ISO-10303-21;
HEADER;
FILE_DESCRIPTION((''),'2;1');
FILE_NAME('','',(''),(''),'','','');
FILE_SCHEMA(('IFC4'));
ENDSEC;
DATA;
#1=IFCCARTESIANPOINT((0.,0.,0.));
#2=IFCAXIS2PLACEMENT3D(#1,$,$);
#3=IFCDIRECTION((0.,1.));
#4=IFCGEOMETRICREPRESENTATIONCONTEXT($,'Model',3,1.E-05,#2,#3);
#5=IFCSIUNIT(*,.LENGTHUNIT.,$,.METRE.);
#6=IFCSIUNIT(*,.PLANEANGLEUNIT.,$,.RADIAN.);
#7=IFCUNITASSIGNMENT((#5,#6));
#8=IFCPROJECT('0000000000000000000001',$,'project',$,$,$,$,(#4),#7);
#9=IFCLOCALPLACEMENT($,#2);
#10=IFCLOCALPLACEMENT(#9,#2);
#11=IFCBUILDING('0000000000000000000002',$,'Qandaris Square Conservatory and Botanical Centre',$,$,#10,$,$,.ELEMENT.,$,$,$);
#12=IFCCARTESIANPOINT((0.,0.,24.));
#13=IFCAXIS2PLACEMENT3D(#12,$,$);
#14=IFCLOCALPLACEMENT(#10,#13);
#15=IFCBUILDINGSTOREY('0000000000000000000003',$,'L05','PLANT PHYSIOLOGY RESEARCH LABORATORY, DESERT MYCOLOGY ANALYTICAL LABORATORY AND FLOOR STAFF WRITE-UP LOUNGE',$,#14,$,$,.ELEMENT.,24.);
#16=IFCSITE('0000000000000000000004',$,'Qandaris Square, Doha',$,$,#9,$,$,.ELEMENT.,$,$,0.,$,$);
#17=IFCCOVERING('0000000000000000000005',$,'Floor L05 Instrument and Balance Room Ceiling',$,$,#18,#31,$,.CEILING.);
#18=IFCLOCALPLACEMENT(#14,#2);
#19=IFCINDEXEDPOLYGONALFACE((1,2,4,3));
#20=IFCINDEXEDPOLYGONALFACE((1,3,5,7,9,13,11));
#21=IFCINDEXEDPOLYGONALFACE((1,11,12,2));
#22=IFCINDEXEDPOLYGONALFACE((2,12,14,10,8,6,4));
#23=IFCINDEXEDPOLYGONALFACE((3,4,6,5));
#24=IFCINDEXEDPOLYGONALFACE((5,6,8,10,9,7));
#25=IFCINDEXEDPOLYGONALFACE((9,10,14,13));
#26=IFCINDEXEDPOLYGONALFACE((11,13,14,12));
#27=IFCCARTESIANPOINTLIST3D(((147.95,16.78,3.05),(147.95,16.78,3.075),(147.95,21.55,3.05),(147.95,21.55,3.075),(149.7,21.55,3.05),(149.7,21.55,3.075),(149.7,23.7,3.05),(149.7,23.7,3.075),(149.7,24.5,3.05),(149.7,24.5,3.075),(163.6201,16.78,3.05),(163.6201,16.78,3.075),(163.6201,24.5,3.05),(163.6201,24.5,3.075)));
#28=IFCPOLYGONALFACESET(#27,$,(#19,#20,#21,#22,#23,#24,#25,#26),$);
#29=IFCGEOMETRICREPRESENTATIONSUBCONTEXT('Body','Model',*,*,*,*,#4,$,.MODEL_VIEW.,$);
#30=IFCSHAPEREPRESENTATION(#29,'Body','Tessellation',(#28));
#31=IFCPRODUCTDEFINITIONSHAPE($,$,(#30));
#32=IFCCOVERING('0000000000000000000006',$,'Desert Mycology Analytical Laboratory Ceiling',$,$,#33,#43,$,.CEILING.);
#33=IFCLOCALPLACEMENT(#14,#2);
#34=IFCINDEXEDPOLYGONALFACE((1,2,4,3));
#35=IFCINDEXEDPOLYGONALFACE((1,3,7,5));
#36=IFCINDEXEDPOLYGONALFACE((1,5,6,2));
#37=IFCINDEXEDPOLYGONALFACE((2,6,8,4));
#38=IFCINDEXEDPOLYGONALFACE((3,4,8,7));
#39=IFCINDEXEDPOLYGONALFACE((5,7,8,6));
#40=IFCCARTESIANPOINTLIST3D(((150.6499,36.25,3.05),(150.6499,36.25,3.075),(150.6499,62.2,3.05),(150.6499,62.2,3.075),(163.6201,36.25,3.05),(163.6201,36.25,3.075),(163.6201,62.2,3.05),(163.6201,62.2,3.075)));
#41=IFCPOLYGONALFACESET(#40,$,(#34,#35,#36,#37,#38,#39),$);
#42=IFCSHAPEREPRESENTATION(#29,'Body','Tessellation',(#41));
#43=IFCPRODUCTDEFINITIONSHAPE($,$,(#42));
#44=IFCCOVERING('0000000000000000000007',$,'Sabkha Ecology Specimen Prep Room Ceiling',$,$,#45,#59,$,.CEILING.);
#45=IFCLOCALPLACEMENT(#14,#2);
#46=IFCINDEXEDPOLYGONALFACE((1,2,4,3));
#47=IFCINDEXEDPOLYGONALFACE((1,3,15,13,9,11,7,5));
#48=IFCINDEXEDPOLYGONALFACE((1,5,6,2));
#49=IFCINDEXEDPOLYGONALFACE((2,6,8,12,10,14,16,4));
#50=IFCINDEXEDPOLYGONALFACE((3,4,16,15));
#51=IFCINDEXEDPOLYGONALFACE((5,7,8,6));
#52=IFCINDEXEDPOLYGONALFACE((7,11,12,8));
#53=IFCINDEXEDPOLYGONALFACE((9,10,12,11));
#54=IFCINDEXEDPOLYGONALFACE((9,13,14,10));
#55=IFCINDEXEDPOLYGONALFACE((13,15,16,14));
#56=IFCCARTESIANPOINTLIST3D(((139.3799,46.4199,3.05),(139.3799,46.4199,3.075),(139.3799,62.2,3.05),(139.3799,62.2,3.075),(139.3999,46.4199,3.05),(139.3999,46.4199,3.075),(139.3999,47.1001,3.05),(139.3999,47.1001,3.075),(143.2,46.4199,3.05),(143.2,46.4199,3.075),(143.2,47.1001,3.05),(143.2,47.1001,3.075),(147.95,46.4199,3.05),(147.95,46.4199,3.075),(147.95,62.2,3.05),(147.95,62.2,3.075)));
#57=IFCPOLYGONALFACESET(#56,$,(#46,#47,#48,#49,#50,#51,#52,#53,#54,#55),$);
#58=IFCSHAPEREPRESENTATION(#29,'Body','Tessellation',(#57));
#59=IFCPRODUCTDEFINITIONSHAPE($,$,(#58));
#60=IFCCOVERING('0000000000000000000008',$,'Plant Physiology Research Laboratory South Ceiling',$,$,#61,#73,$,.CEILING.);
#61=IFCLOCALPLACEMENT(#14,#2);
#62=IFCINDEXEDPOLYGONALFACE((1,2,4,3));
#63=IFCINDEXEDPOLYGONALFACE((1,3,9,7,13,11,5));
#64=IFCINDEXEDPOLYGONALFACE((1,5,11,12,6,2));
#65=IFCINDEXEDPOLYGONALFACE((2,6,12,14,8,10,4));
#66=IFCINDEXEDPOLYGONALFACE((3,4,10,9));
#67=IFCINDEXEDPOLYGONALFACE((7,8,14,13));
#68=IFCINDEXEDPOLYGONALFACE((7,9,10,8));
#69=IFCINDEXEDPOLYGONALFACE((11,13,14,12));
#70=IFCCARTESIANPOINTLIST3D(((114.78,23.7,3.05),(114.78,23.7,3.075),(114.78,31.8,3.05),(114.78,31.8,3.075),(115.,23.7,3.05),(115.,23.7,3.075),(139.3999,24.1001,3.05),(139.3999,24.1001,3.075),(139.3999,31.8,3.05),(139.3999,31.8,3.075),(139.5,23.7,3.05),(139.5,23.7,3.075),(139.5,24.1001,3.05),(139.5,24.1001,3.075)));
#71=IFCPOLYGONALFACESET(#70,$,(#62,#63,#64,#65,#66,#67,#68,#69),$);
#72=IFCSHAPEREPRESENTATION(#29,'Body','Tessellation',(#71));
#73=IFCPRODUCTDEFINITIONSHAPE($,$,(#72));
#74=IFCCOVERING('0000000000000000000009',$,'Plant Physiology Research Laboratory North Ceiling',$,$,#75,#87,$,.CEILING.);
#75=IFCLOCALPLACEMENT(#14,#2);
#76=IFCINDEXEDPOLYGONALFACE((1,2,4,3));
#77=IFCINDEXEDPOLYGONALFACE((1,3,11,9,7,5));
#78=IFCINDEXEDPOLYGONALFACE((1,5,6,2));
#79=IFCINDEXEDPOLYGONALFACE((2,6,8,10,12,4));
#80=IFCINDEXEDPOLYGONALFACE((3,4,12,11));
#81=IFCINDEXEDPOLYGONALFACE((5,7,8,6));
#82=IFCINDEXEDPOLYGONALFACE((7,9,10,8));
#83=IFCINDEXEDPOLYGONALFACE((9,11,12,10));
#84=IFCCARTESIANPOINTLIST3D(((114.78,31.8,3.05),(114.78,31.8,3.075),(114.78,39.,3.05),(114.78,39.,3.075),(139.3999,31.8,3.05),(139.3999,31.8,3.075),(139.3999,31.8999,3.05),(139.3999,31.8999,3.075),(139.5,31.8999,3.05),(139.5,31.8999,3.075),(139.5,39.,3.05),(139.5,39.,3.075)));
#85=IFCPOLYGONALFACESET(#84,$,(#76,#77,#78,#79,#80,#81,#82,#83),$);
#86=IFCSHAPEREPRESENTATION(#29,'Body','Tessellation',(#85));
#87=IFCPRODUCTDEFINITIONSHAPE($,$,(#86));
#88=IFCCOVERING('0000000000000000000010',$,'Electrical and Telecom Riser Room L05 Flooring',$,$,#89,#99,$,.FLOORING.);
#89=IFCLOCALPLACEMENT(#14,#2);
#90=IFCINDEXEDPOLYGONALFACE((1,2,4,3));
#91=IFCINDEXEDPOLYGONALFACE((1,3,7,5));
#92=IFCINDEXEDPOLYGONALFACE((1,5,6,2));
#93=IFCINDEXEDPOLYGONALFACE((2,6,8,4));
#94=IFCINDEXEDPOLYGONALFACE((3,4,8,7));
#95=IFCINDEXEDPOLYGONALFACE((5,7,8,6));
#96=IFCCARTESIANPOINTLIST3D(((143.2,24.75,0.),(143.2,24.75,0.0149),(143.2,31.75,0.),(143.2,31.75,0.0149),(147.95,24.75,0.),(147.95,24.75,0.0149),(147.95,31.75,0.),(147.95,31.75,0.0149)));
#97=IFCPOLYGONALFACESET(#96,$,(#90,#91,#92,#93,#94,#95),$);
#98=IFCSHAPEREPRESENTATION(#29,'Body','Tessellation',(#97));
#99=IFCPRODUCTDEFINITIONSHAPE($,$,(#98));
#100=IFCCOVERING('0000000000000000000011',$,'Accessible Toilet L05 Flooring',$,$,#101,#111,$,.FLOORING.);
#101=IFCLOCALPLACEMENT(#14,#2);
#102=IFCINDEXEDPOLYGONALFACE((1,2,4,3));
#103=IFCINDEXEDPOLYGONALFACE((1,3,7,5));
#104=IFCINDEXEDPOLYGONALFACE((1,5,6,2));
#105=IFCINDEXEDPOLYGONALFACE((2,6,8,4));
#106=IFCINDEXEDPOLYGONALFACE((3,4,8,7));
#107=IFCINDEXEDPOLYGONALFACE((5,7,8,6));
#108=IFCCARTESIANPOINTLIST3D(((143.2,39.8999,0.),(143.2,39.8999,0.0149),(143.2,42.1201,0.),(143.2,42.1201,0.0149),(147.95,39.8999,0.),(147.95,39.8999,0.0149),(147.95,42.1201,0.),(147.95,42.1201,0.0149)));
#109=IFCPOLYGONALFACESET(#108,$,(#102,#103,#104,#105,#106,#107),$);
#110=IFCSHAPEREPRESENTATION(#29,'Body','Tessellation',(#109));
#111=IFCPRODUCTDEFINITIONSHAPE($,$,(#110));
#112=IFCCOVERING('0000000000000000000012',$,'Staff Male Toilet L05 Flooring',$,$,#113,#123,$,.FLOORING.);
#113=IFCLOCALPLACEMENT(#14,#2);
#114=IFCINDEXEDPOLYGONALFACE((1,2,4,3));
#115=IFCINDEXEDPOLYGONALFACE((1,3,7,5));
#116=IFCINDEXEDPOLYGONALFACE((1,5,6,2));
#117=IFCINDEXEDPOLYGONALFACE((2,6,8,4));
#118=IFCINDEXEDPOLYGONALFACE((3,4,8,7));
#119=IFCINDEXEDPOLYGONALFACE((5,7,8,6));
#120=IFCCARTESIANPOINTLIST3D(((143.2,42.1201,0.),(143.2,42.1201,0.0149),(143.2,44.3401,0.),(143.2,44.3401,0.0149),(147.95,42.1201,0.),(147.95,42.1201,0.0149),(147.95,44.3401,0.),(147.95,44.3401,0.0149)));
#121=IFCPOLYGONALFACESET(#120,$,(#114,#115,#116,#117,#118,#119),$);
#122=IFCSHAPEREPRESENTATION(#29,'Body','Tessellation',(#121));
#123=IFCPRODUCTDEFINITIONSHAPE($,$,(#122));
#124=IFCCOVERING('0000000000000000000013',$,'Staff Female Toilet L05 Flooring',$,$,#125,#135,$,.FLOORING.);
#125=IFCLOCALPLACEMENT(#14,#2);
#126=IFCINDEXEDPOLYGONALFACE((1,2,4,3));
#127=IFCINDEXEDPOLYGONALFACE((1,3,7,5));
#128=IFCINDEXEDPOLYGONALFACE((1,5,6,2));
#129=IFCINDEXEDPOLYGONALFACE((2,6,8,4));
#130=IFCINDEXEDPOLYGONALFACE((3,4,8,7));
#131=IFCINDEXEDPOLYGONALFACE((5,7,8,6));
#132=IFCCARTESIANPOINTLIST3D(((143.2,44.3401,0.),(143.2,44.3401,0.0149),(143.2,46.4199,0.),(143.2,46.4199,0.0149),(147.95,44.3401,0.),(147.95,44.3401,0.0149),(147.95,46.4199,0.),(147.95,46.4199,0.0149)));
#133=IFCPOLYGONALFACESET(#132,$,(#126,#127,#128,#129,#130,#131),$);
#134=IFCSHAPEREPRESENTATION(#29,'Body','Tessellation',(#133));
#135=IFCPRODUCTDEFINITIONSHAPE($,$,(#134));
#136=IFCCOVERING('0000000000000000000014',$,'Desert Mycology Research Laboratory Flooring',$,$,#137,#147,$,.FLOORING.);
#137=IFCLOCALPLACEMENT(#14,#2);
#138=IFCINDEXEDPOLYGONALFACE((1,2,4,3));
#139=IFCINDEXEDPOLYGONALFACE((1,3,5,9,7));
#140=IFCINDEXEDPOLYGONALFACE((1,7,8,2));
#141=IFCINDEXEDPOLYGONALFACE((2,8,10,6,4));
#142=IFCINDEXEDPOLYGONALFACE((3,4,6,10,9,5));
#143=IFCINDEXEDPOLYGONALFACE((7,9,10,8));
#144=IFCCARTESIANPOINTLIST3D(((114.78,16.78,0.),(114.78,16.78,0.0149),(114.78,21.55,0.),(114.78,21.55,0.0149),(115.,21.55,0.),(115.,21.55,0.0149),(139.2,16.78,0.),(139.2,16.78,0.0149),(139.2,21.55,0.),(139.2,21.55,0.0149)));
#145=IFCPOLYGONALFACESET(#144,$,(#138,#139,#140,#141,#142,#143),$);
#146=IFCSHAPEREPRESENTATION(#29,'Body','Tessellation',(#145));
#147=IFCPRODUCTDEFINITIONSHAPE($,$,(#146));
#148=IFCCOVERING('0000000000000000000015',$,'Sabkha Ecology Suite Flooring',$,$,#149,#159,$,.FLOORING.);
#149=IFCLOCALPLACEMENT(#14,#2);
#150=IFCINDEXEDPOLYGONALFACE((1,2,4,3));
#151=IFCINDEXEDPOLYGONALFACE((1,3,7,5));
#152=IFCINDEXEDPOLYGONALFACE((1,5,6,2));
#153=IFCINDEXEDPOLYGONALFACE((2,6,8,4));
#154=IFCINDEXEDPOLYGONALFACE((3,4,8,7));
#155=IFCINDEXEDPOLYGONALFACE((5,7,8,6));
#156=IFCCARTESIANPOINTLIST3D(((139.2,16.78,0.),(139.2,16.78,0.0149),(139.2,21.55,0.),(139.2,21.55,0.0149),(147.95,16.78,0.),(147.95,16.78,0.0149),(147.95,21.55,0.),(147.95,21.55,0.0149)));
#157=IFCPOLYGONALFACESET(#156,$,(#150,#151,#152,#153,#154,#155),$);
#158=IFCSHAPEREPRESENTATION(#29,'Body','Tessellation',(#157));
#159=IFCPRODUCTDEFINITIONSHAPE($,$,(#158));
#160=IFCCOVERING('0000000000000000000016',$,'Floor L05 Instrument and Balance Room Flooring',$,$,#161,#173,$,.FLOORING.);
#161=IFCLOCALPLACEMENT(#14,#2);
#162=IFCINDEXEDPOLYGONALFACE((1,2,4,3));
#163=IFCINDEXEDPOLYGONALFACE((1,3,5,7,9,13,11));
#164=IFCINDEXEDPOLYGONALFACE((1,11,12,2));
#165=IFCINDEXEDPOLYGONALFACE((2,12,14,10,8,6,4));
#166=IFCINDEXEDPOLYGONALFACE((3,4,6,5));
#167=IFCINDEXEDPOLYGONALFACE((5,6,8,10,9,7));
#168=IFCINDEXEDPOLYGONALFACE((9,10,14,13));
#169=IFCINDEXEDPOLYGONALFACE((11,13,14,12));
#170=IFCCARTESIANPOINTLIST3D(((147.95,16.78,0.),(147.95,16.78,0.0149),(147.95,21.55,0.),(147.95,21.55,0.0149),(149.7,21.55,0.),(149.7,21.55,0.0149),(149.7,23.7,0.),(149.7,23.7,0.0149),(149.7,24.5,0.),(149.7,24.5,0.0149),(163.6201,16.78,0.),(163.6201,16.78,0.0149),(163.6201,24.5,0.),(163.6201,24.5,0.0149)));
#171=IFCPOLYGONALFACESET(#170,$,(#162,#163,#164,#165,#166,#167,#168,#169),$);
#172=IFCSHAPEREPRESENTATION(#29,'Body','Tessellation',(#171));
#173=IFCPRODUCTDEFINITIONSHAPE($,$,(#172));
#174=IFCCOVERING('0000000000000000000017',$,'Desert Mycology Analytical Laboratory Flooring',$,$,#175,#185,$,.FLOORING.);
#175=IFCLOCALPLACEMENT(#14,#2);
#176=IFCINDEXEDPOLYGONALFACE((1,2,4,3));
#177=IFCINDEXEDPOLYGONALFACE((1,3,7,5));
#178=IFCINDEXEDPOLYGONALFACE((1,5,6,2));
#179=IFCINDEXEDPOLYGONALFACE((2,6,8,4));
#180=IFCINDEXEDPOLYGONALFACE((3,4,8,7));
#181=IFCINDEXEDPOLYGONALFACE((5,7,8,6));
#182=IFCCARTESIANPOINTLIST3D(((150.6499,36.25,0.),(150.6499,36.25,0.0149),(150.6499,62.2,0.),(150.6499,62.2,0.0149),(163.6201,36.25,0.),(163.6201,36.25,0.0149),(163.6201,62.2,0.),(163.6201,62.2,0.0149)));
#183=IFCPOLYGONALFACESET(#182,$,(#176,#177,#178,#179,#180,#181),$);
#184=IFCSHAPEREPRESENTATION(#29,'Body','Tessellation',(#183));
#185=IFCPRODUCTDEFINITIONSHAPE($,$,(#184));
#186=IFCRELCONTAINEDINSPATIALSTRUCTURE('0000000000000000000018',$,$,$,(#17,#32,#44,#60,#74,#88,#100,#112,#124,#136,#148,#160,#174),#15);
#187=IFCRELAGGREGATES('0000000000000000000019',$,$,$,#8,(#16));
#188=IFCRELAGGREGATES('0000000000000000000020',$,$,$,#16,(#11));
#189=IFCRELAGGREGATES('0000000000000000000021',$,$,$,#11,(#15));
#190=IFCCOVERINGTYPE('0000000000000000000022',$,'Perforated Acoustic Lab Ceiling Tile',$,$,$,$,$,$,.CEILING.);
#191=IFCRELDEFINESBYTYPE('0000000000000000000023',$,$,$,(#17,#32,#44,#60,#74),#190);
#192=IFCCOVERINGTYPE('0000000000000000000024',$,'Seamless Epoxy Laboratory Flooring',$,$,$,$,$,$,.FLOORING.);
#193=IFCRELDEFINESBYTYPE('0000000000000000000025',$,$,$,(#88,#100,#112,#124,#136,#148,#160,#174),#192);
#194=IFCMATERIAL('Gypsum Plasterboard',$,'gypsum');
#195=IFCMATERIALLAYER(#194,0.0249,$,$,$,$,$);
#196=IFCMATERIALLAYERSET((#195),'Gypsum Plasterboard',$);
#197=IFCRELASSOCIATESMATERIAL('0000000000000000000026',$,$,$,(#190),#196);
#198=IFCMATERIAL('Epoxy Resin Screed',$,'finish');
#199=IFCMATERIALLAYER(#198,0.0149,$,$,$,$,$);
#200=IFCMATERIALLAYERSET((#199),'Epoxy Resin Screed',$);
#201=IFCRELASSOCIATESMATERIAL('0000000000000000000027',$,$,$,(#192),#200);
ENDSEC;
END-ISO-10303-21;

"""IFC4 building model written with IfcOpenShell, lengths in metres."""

from ifc_helpers import new_model, si_unit, direction, frame, origin, place, context, subcontext, project, spatial, polyline, outline, extrude, material, layer, layer_set, type_object, element, save


model = new_model("IFC4")

# Units and contexts
model_context = context("Model", 3, precision=1e-05, world=origin(), true_north=direction((0.0, 1.0)))
body_context = subcontext(model_context, "Body", "Model", "MODEL_VIEW")
ifc_project = project(units=[si_unit("LENGTHUNIT", "METRE"), si_unit("PLANEANGLEUNIT", "RADIAN")], contexts=[model_context])

# Site, building, storey
site_placement = place(None, origin())
site = spatial("IfcSite", under=ifc_project, at=site_placement, Name="Qandaris Square, Doha", CompositionType="ELEMENT", RefElevation=0.0)
building_placement = place(site_placement, origin())
building = spatial("IfcBuilding", under=site, at=building_placement, Name="Qandaris Square Conservatory and Botanical Centre", CompositionType="ELEMENT")
storey_placement = place(building_placement, frame((0.0, 0.0, 24.0)))
storey = spatial("IfcBuildingStorey", under=building, at=storey_placement, Name="L05", Description="PLANT PHYSIOLOGY RESEARCH LABORATORY, DESERT MYCOLOGY ANALYTICAL LABORATORY AND FLOOR STAFF WRITE-UP LOUNGE", CompositionType="ELEMENT", Elevation=24.0)

# Coverings
ifc_material_1 = material(Name="Gypsum Plasterboard", Category="gypsum")
ifc_layer_1 = layer(ifc_material_1, 0.0249)
ifc_layer_set_1 = layer_set([ifc_layer_1], Name="Gypsum Plasterboard")
covering_type_1 = type_object("IfcCoveringType", Name="Perforated Acoustic Lab Ceiling Tile", PredefinedType="CEILING", material=ifc_layer_set_1)
covering_1_placement = place(storey_placement, frame((0.0, 0.0, 3.05)))
element("IfcCovering", 1, at=covering_1_placement, inside=storey, type_object=covering_type_1, Name="Floor L05 Instrument and Balance Room Ceiling", PredefinedType="CEILING", context=body_context, shape_type="SweptSolid", body=[
    extrude(outline(polyline([(147.95, 21.55), (149.7, 21.55), (149.7, 23.7), (149.7, 24.5), (163.6201, 24.5), (163.6201, 16.78), (147.95, 16.78), (147.95, 21.55)])), origin(), (0.0, 0.0, 1.0), 0.0249),
])
covering_2_placement = place(storey_placement, frame((0.0, 0.0, 3.05)))
element("IfcCovering", 2, at=covering_2_placement, inside=storey, type_object=covering_type_1, Name="Desert Mycology Analytical Laboratory Ceiling", PredefinedType="CEILING", context=body_context, shape_type="SweptSolid", body=[
    extrude(outline(polyline([(150.6499, 62.2), (163.6201, 62.2), (163.6201, 36.25), (150.6499, 36.25), (150.6499, 62.2)])), origin(), (0.0, 0.0, 1.0), 0.0249),
])
covering_3_placement = place(storey_placement, frame((0.0, 0.0, 3.05)))
element("IfcCovering", 3, at=covering_3_placement, inside=storey, type_object=covering_type_1, Name="Sabkha Ecology Specimen Prep Room Ceiling", PredefinedType="CEILING", context=body_context, shape_type="SweptSolid", body=[
    extrude(outline(polyline([(147.95, 46.4199), (143.2, 46.4199), (143.2, 47.1001), (139.3999, 47.1001), (139.3999, 46.4199), (139.3799, 46.4199), (139.3799, 62.2), (147.95, 62.2), (147.95, 46.4199)])), origin(), (0.0, 0.0, 1.0), 0.0249),
])
covering_4_placement = place(storey_placement, frame((0.0, 0.0, 3.05)))
element("IfcCovering", 4, at=covering_4_placement, inside=storey, type_object=covering_type_1, Name="Plant Physiology Research Laboratory South Ceiling", PredefinedType="CEILING", context=body_context, shape_type="SweptSolid", body=[
    extrude(outline(polyline([(139.5, 23.7), (115.0, 23.7), (114.78, 23.7), (114.78, 31.8), (139.3999, 31.8), (139.3999, 24.1001), (139.5, 24.1001), (139.5, 23.7)])), origin(), (0.0, 0.0, 1.0), 0.0249),
])
covering_5_placement = place(storey_placement, frame((0.0, 0.0, 3.05)))
element("IfcCovering", 5, at=covering_5_placement, inside=storey, type_object=covering_type_1, Name="Plant Physiology Research Laboratory North Ceiling", PredefinedType="CEILING", context=body_context, shape_type="SweptSolid", body=[
    extrude(outline(polyline([(139.5, 31.8999), (139.3999, 31.8999), (139.3999, 31.8), (114.78, 31.8), (114.78, 39.0), (139.5, 39.0), (139.5, 31.8999)])), origin(), (0.0, 0.0, 1.0), 0.0249),
])
ifc_material_2 = material(Name="Epoxy Resin Screed", Category="finish")
ifc_layer_2 = layer(ifc_material_2, 0.0149)
ifc_layer_set_2 = layer_set([ifc_layer_2], Name="Epoxy Resin Screed")
covering_type_2 = type_object("IfcCoveringType", Name="Seamless Epoxy Laboratory Flooring", PredefinedType="FLOORING", material=ifc_layer_set_2)
covering_6_placement = place(storey_placement, origin())
element("IfcCovering", 6, at=covering_6_placement, inside=storey, type_object=covering_type_2, Name="Electrical and Telecom Riser Room L05 Flooring", PredefinedType="FLOORING", context=body_context, shape_type="SweptSolid", body=[
    extrude(outline(polyline([(147.95, 31.75), (147.95, 24.75), (143.2, 24.75), (143.2, 31.75), (147.95, 31.75)])), origin(), (0.0, 0.0, 1.0), 0.0149),
])
covering_7_placement = place(storey_placement, origin())
element("IfcCovering", 7, at=covering_7_placement, inside=storey, type_object=covering_type_2, Name="Accessible Toilet L05 Flooring", PredefinedType="FLOORING", context=body_context, shape_type="SweptSolid", body=[
    extrude(outline(polyline([(147.95, 42.1201), (147.95, 39.8999), (143.2, 39.8999), (143.2, 42.1201), (147.95, 42.1201)])), origin(), (0.0, 0.0, 1.0), 0.0149),
])
covering_8_placement = place(storey_placement, origin())
element("IfcCovering", 8, at=covering_8_placement, inside=storey, type_object=covering_type_2, Name="Staff Male Toilet L05 Flooring", PredefinedType="FLOORING", context=body_context, shape_type="SweptSolid", body=[
    extrude(outline(polyline([(147.95, 44.3401), (147.95, 42.1201), (143.2, 42.1201), (143.2, 44.3401), (147.95, 44.3401)])), origin(), (0.0, 0.0, 1.0), 0.0149),
])
covering_9_placement = place(storey_placement, origin())
element("IfcCovering", 9, at=covering_9_placement, inside=storey, type_object=covering_type_2, Name="Staff Female Toilet L05 Flooring", PredefinedType="FLOORING", context=body_context, shape_type="SweptSolid", body=[
    extrude(outline(polyline([(147.95, 46.4199), (147.95, 44.3401), (143.2, 44.3401), (143.2, 46.4199), (147.95, 46.4199)])), origin(), (0.0, 0.0, 1.0), 0.0149),
])
covering_10_placement = place(storey_placement, origin())
element("IfcCovering", 10, at=covering_10_placement, inside=storey, type_object=covering_type_2, Name="Desert Mycology Research Laboratory Flooring", PredefinedType="FLOORING", context=body_context, shape_type="SweptSolid", body=[
    extrude(outline(polyline([(115.0, 21.55), (139.2, 21.55), (139.2, 16.78), (114.78, 16.78), (114.78, 21.55), (115.0, 21.55)])), origin(), (0.0, 0.0, 1.0), 0.0149),
])
covering_11_placement = place(storey_placement, origin())
element("IfcCovering", 11, at=covering_11_placement, inside=storey, type_object=covering_type_2, Name="Sabkha Ecology Suite Flooring", PredefinedType="FLOORING", context=body_context, shape_type="SweptSolid", body=[
    extrude(outline(polyline([(147.95, 21.55), (147.95, 16.78), (139.2, 16.78), (139.2, 21.55), (147.95, 21.55)])), origin(), (0.0, 0.0, 1.0), 0.0149),
])
covering_12_placement = place(storey_placement, origin())
element("IfcCovering", 12, at=covering_12_placement, inside=storey, type_object=covering_type_2, Name="Floor L05 Instrument and Balance Room Flooring", PredefinedType="FLOORING", context=body_context, shape_type="SweptSolid", body=[
    extrude(outline(polyline([(147.95, 21.55), (149.7, 21.55), (149.7, 23.7), (149.7, 24.5), (163.6201, 24.5), (163.6201, 16.78), (147.95, 16.78), (147.95, 21.55)])), origin(), (0.0, 0.0, 1.0), 0.0149),
])
covering_13_placement = place(storey_placement, origin())
element("IfcCovering", 13, at=covering_13_placement, inside=storey, type_object=covering_type_2, Name="Desert Mycology Analytical Laboratory Flooring", PredefinedType="FLOORING", context=body_context, shape_type="SweptSolid", body=[
    extrude(outline(polyline([(150.6499, 62.2), (163.6201, 62.2), (163.6201, 36.25), (150.6499, 36.25), (150.6499, 62.2)])), origin(), (0.0, 0.0, 1.0), 0.0149),
])

save(model, "model.ifc")
